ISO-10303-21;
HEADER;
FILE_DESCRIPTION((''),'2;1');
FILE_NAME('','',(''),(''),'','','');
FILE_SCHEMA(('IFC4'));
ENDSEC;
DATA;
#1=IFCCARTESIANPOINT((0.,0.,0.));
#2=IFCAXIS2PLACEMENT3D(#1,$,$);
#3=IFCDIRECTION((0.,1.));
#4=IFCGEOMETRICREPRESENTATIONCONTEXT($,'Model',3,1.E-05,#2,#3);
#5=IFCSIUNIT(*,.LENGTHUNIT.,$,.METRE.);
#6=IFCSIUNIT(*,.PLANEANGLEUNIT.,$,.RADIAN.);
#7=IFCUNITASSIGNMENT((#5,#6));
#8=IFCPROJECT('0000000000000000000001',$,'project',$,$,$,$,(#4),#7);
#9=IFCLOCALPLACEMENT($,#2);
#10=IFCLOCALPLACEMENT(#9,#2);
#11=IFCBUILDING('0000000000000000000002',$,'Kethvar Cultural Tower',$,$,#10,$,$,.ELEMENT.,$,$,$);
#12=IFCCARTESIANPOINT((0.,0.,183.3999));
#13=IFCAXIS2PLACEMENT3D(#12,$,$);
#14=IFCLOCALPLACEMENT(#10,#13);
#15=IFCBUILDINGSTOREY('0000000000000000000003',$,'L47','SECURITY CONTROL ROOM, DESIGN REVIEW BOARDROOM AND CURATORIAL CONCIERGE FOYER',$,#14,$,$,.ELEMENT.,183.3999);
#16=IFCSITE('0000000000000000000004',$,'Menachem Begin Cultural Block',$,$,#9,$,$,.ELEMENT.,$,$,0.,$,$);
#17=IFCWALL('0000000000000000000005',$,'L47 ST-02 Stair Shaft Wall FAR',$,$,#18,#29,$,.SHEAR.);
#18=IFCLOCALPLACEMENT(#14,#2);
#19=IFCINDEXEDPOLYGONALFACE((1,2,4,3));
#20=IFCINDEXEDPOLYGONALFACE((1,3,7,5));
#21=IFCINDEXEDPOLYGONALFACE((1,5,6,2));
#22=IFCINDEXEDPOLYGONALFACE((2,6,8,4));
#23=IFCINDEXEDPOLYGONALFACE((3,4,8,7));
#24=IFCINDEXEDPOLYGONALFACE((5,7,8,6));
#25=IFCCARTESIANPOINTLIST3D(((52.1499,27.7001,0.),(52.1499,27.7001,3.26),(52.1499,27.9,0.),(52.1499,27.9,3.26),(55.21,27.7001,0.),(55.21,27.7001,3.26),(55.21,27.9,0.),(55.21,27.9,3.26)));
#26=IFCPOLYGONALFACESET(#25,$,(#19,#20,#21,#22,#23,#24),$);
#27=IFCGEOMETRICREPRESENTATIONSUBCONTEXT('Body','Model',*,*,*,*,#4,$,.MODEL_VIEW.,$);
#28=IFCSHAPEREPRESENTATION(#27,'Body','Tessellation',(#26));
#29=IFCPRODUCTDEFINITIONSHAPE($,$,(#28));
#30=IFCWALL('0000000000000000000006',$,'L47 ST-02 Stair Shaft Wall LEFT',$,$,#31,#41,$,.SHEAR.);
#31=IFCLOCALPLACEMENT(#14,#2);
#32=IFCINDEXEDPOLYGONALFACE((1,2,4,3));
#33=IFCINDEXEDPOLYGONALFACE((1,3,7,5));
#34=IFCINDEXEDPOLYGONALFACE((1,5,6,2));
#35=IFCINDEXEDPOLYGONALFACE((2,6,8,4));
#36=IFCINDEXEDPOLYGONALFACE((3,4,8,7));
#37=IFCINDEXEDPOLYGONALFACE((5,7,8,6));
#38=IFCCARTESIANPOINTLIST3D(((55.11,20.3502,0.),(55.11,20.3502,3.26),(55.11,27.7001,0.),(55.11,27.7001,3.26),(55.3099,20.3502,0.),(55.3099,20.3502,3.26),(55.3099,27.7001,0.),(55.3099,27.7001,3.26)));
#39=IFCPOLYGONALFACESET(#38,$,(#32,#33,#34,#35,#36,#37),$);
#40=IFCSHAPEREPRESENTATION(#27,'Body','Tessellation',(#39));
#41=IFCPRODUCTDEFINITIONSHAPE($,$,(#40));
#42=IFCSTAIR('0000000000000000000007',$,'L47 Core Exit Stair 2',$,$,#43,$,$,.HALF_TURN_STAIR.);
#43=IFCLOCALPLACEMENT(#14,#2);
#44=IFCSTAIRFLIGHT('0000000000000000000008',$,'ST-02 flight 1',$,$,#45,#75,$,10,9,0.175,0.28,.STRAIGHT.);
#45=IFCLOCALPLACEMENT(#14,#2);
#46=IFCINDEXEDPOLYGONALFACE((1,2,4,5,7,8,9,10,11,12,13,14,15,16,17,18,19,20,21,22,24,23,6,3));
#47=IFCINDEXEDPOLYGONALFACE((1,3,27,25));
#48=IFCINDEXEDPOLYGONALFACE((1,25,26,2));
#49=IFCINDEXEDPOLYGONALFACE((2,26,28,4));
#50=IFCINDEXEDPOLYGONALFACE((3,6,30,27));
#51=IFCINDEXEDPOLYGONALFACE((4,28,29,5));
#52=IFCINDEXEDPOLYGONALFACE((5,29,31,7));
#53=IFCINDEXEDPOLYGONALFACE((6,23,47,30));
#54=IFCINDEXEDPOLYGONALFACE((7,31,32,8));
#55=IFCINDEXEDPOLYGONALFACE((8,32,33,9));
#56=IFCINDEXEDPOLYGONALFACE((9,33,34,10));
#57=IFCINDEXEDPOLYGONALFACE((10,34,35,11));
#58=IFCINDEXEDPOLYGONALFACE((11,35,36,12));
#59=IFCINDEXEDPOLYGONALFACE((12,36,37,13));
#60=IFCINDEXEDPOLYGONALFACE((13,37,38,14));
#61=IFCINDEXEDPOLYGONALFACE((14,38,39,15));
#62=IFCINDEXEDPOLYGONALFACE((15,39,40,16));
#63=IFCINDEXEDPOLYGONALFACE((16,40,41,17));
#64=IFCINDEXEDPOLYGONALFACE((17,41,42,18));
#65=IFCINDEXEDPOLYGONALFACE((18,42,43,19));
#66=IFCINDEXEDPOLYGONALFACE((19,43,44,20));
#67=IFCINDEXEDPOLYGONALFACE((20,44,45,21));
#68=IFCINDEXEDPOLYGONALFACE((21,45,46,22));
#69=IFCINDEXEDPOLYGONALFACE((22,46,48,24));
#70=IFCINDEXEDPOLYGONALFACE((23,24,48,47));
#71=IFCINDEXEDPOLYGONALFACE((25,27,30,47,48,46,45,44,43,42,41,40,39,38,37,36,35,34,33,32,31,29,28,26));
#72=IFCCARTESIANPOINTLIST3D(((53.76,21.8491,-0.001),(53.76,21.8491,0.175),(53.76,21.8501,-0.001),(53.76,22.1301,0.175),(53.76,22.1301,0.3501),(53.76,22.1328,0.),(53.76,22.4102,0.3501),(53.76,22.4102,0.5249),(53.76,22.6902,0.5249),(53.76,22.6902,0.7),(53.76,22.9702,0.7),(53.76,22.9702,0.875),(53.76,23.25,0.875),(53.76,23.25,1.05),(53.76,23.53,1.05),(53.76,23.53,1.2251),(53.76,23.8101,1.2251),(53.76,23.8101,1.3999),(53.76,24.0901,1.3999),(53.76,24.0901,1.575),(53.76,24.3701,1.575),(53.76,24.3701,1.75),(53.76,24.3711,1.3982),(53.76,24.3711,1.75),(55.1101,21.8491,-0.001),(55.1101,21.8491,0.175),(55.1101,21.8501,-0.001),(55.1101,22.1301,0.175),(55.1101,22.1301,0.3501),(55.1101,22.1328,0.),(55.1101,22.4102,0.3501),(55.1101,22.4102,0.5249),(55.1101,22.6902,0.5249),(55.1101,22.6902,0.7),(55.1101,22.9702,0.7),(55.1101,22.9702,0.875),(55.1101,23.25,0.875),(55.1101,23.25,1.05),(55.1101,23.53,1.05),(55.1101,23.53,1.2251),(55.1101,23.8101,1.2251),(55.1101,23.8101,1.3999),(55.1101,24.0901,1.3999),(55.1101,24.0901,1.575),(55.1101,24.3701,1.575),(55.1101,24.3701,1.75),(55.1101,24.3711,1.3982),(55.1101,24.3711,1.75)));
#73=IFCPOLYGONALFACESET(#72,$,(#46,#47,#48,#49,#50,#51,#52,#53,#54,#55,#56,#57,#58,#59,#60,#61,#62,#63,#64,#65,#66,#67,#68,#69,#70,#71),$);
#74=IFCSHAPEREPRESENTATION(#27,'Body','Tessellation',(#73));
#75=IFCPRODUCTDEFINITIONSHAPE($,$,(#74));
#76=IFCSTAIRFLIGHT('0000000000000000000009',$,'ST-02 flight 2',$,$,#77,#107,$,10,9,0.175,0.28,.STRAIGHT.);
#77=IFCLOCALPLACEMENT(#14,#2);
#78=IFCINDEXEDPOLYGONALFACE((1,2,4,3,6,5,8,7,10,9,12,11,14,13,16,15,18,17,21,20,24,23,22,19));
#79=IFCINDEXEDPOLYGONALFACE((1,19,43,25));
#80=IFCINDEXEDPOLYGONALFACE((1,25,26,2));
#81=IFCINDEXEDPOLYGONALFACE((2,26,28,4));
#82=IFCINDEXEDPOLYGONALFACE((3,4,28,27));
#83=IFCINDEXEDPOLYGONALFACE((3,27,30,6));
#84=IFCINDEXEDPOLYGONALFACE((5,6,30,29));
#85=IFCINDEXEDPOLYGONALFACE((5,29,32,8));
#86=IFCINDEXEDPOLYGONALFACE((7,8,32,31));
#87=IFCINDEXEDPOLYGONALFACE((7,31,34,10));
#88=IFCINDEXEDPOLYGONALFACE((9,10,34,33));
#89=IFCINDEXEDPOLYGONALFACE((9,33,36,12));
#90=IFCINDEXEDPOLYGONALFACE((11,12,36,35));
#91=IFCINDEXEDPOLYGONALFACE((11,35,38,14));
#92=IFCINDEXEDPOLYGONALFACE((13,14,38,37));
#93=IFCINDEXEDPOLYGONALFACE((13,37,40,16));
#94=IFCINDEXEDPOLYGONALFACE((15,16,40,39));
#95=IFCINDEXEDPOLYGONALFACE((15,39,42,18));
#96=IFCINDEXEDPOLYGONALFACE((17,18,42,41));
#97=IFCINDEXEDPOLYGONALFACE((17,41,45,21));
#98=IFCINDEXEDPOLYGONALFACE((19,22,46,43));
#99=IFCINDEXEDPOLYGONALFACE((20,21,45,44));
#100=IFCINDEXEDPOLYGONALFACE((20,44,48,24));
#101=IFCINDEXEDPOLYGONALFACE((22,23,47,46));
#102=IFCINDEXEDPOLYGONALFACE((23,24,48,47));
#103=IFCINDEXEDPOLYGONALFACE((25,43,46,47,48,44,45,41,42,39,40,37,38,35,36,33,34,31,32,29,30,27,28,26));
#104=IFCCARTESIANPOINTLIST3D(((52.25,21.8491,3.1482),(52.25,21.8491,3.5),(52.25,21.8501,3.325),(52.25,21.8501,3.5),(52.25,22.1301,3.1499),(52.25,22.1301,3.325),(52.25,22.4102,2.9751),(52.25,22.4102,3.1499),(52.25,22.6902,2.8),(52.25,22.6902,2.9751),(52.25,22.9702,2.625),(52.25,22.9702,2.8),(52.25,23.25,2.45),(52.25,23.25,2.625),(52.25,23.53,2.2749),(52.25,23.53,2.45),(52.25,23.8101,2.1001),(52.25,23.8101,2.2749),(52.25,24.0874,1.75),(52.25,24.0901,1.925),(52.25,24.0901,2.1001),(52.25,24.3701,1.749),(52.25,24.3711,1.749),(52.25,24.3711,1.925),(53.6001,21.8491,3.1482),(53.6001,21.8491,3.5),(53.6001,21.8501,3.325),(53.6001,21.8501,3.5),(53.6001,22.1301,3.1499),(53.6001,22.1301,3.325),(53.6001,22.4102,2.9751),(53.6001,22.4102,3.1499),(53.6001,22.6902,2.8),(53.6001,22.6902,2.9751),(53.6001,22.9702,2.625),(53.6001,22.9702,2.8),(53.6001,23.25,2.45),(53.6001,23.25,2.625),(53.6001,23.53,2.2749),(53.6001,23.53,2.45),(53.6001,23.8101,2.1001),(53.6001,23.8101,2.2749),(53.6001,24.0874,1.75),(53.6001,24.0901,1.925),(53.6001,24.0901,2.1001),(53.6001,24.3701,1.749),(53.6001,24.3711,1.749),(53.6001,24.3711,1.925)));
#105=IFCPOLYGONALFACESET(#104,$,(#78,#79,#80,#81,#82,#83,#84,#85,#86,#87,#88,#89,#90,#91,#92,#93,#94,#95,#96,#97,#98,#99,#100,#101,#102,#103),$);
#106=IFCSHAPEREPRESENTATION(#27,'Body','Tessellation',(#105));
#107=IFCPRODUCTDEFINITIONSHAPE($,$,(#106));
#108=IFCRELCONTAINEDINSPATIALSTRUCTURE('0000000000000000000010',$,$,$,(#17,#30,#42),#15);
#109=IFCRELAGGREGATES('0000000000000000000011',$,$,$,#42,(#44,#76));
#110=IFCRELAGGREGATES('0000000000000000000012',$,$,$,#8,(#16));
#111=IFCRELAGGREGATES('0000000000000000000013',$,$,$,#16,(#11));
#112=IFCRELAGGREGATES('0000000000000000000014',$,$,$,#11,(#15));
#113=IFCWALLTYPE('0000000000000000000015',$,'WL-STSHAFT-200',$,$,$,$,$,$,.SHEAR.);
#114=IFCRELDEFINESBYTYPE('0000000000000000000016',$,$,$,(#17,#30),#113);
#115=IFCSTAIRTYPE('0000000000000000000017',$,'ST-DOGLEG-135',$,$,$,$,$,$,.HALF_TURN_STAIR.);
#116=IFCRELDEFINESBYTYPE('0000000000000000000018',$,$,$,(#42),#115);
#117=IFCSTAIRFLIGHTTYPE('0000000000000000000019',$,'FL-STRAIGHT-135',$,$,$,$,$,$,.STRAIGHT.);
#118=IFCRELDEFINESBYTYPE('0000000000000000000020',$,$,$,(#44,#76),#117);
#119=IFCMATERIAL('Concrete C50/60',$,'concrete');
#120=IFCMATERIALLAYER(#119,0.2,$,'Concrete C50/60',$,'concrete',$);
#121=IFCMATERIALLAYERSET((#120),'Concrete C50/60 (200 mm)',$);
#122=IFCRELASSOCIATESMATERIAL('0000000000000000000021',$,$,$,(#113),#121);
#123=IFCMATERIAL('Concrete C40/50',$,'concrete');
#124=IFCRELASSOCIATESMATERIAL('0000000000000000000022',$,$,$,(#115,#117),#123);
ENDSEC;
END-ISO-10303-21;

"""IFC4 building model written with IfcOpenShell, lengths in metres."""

from ifc_helpers import new_model, si_unit, direction, frame, frame_2d, origin, place, context, subcontext, project, spatial, polyline, rectangle, outline, extrude, material, layer, layer_set, type_object, element, aggregate, save


model = new_model("IFC4")

# Units and contexts
model_context = context("Model", 3, precision=1e-05, world=origin(), true_north=direction((0.0, 1.0)))
body_context = subcontext(model_context, "Body", "Model", "MODEL_VIEW")
ifc_project = project(units=[si_unit("LENGTHUNIT", "METRE"), si_unit("PLANEANGLEUNIT", "RADIAN")], contexts=[model_context])

# Site, building, storey
site_placement = place(None, origin())
site = spatial("IfcSite", under=ifc_project, at=site_placement, Name="Menachem Begin Cultural Block", CompositionType="ELEMENT", RefElevation=0.0)
building_placement = place(site_placement, origin())
building = spatial("IfcBuilding", under=site, at=building_placement, Name="Kethvar Cultural Tower", CompositionType="ELEMENT")
storey_placement = place(building_placement, frame((0.0, 0.0, 183.3999)))
storey = spatial("IfcBuildingStorey", under=building, at=storey_placement, Name="L47", Description="SECURITY CONTROL ROOM, DESIGN REVIEW BOARDROOM AND CURATORIAL CONCIERGE FOYER", CompositionType="ELEMENT", Elevation=183.3999)

# Shared definitions
ifc_material_1 = material(Name="Concrete C40/50", Category="concrete")
ifc_material_2 = material(Name="Concrete C50/60", Category="concrete")

# Walls
ifc_layer_1 = layer(ifc_material_2, 0.2, Name="Concrete C50/60", Category="concrete")
ifc_layer_set_1 = layer_set([ifc_layer_1], Name="Concrete C50/60 (200 mm)")
wall_type_1 = type_object("IfcWallType", Name="WL-STSHAFT-200", PredefinedType="SHEAR", material=ifc_layer_set_1)
wall_1_placement = place(storey_placement, frame((52.1499, 27.8, 0.0), z_axis=(0.0, 0.0, 1.0), x_axis=(1.0, 0.0, 0.0)))
element("IfcWall", 1, at=wall_1_placement, inside=storey, type_object=wall_type_1, Name="L47 ST-02 Stair Shaft Wall FAR", PredefinedType="SHEAR", context=body_context, shape_type="SweptSolid", body=[
    extrude(rectangle(XDim=3.0601, YDim=0.2, at=frame_2d((1.53, 0.0))), origin(), (0.0, 0.0, 1.0), 3.26),
])
wall_2_placement = place(storey_placement, frame((55.21, 27.7, 0.0), z_axis=(0.0, 0.0, 1.0), x_axis=(0.0, -1.0, 0.0)))
element("IfcWall", 2, at=wall_2_placement, inside=storey, type_object=wall_type_1, Name="L47 ST-02 Stair Shaft Wall LEFT", PredefinedType="SHEAR", context=body_context, shape_type="SweptSolid", body=[
    extrude(rectangle(XDim=7.3499, YDim=0.2, at=frame_2d((3.6748, 0.0))), origin(), (0.0, 0.0, 1.0), 3.26),
])

# Stair, stair flights
stair_type = type_object("IfcStairType", Name="ST-DOGLEG-135", PredefinedType="HALF_TURN_STAIR", material=ifc_material_1)
stair_placement = place(storey_placement, origin())
stair = element("IfcStair", 3, at=stair_placement, inside=storey, type_object=stair_type, Name="L47 Core Exit Stair 2", PredefinedType="HALF_TURN_STAIR")
stair_flight_type = type_object("IfcStairFlightType", Name="FL-STRAIGHT-135", PredefinedType="STRAIGHT", material=ifc_material_1)
stair_flight_1_placement = place(storey_placement, frame((54.4351, 21.8501, 0.0), z_axis=(0.0, 0.0, 1.0), x_axis=(0.0, 1.0, 0.0)))
stair_flight_1 = element("IfcStairFlight", 4, at=stair_flight_1_placement, type_object=stair_flight_type, Name="ST-02 flight 1", NumberOfRisers=10, NumberOfTreads=9, PredefinedType="STRAIGHT", RiserHeight=0.175, TreadLength=0.28, context=body_context, shape_type="SweptSolid", body=[
    extrude(outline(polyline([(-0.001, -0.001), (-0.001, 0.175), (0.28, 0.175), (0.28, 0.3501), (0.5601, 0.3501), (0.5601, 0.5249), (0.8401, 0.5249), (0.8401, 0.7), (1.1201, 0.7), (1.1201, 0.875), (1.3999, 0.875), (1.3999, 1.05), (1.6799, 1.05), (1.6799, 1.2251), (1.96, 1.2251), (1.96, 1.3999), (2.24, 1.3999), (2.24, 1.575), (2.52, 1.575), (2.52, 1.75), (2.521, 1.75), (2.521, 1.3982), (0.2827, 0.0), (0.0, -0.001), (-0.001, -0.001)])), frame((0.0, 0.675, 0.0), z_axis=(0.0, -1.0, 0.0), x_axis=(1.0, 0.0, 0.0)), (0.0, 0.0, 1.0), 1.3501),
])
stair_flight_2_placement = place(storey_placement, frame((52.925, 24.3701, 1.75), z_axis=(0.0, 0.0, 1.0), x_axis=(0.0, -1.0, 0.0)))
stair_flight_2 = element("IfcStairFlight", 5, at=stair_flight_2_placement, type_object=stair_flight_type, Name="ST-02 flight 2", NumberOfRisers=10, NumberOfTreads=9, PredefinedType="STRAIGHT", RiserHeight=0.175, TreadLength=0.28, context=body_context, shape_type="SweptSolid", body=[
    extrude(outline(polyline([(-0.001, -0.001), (-0.001, 0.175), (0.28, 0.175), (0.28, 0.3501), (0.5601, 0.3501), (0.5601, 0.5249), (0.8401, 0.5249), (0.8401, 0.7), (1.1201, 0.7), (1.1201, 0.875), (1.3999, 0.875), (1.3999, 1.05), (1.6799, 1.05), (1.6799, 1.2251), (1.96, 1.2251), (1.96, 1.3999), (2.24, 1.3999), (2.24, 1.575), (2.52, 1.575), (2.52, 1.75), (2.521, 1.75), (2.521, 1.3982), (0.2827, 0.0), (0.0, -0.001), (-0.001, -0.001)])), frame((0.0, 0.675, 0.0), z_axis=(0.0, -1.0, 0.0), x_axis=(1.0, 0.0, 0.0)), (0.0, 0.0, 1.0), 1.3501),
])
aggregate(stair, [stair_flight_1, stair_flight_2])

save(model, "model.ifc")
